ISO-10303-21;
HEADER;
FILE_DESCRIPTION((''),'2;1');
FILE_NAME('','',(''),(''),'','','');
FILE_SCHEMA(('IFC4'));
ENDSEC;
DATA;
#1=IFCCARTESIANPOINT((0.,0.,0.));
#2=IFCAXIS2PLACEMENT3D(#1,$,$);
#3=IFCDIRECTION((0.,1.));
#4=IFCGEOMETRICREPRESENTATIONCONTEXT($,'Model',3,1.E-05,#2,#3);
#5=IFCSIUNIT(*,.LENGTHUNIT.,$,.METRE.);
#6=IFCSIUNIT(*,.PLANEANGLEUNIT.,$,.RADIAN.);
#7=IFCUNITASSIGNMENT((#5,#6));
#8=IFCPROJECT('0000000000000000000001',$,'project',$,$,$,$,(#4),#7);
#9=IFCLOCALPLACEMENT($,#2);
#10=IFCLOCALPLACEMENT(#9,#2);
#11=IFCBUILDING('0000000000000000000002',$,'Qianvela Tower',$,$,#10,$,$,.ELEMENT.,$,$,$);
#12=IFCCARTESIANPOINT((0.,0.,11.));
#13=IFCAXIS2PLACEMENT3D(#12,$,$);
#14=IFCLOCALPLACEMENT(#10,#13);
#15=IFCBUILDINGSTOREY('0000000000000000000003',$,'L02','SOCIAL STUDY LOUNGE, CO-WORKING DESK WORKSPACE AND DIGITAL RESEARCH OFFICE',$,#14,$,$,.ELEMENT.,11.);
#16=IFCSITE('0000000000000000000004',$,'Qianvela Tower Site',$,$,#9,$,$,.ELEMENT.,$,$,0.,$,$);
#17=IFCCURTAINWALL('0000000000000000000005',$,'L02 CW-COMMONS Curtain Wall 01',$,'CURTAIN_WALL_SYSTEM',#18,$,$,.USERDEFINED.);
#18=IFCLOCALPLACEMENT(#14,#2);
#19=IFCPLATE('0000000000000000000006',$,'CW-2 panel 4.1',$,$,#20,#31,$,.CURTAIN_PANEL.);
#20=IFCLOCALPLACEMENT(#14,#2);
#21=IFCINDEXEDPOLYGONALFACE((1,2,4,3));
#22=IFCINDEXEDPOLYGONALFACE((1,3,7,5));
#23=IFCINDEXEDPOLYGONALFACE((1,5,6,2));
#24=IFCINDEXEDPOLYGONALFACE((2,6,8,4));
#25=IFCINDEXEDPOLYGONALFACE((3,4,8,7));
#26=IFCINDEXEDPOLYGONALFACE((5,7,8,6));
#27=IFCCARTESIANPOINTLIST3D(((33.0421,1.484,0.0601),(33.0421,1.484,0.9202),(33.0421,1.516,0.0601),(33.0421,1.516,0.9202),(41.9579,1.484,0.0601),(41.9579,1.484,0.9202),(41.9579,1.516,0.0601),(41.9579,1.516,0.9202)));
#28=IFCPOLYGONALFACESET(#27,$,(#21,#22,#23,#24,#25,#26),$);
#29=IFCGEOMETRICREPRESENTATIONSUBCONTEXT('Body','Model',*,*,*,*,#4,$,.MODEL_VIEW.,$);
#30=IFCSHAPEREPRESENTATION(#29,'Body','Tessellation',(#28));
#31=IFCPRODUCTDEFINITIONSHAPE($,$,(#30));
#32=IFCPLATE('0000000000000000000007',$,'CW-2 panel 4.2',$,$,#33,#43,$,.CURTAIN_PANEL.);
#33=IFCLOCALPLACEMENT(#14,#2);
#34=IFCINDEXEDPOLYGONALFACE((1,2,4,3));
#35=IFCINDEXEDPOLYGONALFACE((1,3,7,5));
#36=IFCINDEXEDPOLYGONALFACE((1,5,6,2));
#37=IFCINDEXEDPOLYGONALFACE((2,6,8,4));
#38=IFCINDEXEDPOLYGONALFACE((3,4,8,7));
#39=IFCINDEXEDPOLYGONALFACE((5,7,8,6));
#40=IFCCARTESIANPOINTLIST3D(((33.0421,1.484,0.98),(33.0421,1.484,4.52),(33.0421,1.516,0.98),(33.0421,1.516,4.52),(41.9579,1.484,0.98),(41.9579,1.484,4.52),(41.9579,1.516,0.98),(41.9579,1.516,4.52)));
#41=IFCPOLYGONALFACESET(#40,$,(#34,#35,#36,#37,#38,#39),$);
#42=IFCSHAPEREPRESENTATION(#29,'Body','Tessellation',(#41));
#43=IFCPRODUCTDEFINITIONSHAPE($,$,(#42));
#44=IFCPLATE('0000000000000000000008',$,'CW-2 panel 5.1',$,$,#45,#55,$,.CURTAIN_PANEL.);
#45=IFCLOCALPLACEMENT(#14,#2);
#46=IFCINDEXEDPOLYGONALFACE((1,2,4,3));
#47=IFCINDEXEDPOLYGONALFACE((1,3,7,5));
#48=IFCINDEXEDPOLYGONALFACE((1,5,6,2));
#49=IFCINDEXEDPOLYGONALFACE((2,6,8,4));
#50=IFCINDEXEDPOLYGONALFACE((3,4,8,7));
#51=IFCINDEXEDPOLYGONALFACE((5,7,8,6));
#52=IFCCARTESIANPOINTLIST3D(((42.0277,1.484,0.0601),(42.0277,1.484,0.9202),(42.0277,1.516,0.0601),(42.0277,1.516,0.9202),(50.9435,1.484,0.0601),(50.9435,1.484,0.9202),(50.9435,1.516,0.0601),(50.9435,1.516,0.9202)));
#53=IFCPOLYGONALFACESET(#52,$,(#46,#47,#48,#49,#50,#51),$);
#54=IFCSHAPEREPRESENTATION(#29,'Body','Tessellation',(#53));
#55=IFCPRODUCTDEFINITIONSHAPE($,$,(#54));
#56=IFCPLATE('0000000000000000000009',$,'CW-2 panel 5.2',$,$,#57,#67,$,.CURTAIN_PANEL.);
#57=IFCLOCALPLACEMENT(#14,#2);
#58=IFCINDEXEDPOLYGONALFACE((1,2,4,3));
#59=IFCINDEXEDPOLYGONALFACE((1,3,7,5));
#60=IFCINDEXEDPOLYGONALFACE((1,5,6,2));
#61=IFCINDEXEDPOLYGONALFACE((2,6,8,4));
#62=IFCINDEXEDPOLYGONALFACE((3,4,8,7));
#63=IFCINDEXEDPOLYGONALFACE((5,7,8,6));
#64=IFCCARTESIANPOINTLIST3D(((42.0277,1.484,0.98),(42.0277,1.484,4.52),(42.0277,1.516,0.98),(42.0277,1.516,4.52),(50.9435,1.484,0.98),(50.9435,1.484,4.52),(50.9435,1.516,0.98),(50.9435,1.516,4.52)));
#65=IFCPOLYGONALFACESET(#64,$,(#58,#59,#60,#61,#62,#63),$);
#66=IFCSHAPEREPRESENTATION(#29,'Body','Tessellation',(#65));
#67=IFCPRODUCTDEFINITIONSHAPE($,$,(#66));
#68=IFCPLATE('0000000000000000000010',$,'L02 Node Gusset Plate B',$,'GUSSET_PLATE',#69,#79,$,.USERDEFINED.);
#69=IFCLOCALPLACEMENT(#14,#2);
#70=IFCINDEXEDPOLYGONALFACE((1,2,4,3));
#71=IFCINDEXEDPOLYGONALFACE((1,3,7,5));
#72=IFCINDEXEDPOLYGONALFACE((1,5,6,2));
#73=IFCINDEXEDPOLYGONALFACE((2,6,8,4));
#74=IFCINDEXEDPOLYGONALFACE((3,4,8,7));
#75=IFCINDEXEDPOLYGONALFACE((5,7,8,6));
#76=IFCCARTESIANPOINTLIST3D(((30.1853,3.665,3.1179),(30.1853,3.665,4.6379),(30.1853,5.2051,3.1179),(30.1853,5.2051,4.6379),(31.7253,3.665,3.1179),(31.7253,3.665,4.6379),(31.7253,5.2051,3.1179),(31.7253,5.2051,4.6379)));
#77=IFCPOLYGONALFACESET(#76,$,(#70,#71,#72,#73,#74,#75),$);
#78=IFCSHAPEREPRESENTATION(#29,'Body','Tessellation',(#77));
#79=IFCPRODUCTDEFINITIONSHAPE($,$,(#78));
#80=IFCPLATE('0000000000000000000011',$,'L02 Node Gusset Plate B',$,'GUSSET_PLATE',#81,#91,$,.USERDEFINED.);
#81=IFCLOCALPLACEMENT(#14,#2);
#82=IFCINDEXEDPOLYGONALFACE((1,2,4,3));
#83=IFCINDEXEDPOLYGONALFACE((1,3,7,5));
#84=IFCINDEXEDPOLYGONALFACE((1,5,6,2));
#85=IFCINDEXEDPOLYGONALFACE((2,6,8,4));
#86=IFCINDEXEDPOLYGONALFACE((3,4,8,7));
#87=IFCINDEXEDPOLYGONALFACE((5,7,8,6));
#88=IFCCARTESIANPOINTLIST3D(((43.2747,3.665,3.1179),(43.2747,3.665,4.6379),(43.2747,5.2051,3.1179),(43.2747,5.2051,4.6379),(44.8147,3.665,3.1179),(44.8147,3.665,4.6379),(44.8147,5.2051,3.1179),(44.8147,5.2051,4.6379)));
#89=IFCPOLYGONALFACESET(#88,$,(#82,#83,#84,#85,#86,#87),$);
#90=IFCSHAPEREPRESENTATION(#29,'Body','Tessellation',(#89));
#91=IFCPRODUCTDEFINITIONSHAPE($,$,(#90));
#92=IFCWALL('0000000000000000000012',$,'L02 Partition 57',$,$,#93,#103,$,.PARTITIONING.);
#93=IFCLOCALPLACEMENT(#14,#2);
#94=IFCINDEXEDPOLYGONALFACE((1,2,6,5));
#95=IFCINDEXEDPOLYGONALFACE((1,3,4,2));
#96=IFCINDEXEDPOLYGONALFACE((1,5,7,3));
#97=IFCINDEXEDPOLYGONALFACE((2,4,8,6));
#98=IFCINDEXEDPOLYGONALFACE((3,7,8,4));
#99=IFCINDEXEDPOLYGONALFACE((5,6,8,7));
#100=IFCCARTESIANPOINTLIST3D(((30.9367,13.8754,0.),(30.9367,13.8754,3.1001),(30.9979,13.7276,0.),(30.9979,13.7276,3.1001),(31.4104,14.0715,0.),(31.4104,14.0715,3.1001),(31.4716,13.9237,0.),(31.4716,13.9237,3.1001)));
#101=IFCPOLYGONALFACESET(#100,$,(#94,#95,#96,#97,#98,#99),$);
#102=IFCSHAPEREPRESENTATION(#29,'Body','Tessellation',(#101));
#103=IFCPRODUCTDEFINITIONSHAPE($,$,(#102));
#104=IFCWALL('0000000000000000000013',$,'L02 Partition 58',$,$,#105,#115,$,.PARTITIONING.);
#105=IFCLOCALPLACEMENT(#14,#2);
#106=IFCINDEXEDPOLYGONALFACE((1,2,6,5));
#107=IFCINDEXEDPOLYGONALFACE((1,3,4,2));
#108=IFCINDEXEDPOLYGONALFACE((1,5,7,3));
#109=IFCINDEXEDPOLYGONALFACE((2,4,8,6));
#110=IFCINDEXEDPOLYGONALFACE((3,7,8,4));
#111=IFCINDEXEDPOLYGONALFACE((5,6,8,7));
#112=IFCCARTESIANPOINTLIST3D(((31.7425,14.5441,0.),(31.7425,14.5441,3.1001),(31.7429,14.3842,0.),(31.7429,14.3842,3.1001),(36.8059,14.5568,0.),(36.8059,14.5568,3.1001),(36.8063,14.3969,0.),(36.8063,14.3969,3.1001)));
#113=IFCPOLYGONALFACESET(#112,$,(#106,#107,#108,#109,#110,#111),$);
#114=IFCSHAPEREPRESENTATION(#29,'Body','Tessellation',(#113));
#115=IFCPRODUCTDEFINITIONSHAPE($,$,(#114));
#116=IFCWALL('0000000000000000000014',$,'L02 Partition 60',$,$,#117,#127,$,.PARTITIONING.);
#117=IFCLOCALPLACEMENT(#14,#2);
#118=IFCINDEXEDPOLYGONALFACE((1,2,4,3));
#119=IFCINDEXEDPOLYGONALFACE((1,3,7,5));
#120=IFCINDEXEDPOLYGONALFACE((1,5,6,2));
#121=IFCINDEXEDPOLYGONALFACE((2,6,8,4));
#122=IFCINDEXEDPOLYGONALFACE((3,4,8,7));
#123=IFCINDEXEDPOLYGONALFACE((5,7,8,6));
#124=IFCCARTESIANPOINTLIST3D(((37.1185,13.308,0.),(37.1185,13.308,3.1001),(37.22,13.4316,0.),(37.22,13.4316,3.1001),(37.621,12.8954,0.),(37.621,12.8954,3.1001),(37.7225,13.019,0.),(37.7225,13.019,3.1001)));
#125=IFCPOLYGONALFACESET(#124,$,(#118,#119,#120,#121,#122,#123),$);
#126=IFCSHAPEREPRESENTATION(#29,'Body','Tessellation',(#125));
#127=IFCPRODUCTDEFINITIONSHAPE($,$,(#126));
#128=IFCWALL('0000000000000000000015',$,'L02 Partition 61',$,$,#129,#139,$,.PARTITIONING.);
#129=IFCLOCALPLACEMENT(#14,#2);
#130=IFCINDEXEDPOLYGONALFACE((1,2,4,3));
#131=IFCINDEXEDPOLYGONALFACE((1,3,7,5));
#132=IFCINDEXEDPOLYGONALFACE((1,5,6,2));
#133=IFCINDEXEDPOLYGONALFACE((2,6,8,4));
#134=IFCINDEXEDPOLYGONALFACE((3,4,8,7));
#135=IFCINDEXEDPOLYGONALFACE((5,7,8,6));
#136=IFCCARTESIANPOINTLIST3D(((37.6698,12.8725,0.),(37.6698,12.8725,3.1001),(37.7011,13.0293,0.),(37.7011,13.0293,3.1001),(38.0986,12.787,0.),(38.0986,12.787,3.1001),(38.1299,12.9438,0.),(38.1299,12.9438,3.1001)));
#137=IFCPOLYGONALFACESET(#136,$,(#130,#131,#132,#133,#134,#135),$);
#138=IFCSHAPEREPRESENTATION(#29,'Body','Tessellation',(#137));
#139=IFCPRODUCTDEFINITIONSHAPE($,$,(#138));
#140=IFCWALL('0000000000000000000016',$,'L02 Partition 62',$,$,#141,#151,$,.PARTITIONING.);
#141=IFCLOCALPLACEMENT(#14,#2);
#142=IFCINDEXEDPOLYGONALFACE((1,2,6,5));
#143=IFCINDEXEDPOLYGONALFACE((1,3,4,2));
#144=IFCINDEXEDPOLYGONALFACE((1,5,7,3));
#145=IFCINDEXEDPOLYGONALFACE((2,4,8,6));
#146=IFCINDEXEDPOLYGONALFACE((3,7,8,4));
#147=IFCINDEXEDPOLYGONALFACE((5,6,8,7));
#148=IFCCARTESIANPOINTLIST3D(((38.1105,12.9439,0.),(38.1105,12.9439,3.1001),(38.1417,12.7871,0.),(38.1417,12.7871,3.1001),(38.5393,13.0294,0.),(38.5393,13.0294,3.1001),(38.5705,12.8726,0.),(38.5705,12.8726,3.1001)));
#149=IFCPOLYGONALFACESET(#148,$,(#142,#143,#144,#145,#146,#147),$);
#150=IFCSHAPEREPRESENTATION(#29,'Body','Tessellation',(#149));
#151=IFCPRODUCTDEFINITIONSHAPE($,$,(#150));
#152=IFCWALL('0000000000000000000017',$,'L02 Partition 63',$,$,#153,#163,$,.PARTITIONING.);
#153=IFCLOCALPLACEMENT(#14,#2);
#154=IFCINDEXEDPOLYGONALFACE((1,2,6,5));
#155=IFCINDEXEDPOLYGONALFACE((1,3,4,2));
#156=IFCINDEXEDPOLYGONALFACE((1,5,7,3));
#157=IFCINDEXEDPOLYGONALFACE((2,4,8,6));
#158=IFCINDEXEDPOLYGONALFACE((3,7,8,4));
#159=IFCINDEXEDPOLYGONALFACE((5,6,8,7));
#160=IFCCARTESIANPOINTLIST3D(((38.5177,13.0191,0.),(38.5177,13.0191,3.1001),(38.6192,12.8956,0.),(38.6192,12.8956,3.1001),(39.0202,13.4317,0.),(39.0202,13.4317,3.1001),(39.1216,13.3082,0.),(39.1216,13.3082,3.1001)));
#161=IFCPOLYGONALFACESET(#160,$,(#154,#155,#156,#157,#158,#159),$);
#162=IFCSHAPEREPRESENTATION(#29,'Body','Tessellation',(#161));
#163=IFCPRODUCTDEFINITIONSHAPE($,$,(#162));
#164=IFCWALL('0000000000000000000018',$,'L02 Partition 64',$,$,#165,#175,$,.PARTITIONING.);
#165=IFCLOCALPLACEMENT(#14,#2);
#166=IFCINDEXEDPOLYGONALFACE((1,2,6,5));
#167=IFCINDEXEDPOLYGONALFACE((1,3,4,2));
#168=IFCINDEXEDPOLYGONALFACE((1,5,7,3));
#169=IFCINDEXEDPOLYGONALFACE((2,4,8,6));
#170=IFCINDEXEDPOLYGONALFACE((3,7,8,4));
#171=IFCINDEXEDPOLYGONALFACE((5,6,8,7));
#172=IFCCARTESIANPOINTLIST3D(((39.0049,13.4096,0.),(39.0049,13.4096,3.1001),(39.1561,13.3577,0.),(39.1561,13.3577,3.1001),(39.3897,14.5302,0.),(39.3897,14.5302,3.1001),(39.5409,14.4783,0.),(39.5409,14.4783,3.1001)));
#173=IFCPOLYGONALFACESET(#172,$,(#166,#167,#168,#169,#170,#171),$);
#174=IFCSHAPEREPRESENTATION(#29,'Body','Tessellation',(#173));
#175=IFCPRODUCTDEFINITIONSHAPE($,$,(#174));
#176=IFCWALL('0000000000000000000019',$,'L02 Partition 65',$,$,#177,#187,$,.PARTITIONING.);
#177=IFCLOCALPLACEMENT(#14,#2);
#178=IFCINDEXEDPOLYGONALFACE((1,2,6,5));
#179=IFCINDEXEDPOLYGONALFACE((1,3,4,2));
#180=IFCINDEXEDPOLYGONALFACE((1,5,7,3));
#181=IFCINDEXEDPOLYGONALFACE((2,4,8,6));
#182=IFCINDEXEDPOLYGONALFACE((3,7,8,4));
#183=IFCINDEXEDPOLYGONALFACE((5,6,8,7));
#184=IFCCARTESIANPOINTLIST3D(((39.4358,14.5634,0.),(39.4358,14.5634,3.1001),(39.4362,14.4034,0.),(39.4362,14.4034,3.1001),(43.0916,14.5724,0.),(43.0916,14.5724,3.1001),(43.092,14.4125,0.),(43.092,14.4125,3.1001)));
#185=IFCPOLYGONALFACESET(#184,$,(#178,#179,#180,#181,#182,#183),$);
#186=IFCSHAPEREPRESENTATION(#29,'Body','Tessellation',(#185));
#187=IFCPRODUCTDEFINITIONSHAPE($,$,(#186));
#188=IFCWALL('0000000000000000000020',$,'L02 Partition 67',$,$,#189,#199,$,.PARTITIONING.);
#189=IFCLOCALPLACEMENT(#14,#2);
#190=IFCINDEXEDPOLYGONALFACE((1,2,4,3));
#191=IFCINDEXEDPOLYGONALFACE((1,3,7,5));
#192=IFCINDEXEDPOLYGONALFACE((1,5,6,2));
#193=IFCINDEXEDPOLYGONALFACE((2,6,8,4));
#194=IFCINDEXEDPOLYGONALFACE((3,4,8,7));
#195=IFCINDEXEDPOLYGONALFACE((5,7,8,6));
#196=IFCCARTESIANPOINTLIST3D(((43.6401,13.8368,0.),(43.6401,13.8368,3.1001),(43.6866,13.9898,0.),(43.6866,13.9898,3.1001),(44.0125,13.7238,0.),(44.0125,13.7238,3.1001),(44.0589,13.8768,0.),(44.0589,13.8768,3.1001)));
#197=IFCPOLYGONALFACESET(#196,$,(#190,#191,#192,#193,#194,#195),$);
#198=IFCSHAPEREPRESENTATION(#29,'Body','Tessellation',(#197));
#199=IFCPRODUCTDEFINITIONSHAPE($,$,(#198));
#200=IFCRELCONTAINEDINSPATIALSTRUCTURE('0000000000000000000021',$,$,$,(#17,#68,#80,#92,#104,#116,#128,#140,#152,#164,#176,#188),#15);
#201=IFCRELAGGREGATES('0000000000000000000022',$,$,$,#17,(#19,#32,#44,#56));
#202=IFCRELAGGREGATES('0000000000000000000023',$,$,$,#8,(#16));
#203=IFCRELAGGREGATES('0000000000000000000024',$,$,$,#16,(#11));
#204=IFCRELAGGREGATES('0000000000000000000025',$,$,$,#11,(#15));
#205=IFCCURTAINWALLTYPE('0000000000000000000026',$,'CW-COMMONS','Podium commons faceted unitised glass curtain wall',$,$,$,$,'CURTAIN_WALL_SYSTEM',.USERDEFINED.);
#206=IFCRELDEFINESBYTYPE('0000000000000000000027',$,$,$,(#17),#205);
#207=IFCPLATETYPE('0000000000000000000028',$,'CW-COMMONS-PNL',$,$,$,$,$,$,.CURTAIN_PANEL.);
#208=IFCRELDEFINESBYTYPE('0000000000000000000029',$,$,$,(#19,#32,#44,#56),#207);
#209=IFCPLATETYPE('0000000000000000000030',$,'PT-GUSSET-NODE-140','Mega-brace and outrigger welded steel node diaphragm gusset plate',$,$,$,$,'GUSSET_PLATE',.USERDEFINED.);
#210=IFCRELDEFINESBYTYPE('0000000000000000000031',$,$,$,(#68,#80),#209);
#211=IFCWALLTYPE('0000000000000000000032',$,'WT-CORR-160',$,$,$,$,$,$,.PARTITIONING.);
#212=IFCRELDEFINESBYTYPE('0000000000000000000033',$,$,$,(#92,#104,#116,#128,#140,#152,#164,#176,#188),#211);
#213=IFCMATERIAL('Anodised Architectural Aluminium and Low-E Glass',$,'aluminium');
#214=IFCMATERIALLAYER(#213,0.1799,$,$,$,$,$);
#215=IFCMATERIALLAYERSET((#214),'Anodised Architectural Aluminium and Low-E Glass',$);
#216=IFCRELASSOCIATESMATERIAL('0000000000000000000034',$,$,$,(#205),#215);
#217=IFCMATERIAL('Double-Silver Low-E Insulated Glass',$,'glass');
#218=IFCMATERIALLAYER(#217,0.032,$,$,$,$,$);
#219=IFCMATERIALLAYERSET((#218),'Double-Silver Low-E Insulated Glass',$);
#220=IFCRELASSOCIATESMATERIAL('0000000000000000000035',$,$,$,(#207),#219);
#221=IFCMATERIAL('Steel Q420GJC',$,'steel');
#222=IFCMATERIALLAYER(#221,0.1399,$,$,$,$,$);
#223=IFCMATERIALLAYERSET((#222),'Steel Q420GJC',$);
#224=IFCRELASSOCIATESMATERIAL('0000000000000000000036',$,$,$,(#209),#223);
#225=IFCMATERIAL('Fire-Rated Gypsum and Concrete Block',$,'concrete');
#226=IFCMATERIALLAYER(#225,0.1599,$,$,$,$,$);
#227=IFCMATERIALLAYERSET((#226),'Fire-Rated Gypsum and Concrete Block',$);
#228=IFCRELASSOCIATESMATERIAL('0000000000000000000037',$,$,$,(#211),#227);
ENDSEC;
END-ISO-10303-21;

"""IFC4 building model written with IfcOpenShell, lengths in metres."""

from ifc_helpers import new_model, si_unit, direction, frame, frame_2d, origin, origin_2d, place, context, subcontext, project, spatial, rectangle, extrude, material, layer, layer_set, type_object, element, aggregate, save


model = new_model("IFC4")

# Units and contexts
model_context = context("Model", 3, precision=1e-05, world=origin(), true_north=direction((0.0, 1.0)))
body_context = subcontext(model_context, "Body", "Model", "MODEL_VIEW")
ifc_project = project(units=[si_unit("LENGTHUNIT", "METRE"), si_unit("PLANEANGLEUNIT", "RADIAN")], contexts=[model_context])

# Site, building, storey
site_placement = place(None, origin())
site = spatial("IfcSite", under=ifc_project, at=site_placement, Name="Qianvela Tower Site", CompositionType="ELEMENT", RefElevation=0.0)
building_placement = place(site_placement, origin())
building = spatial("IfcBuilding", under=site, at=building_placement, Name="Qianvela Tower", CompositionType="ELEMENT")
storey_placement = place(building_placement, frame((0.0, 0.0, 11.0)))
storey = spatial("IfcBuildingStorey", under=building, at=storey_placement, Name="L02", Description="SOCIAL STUDY LOUNGE, CO-WORKING DESK WORKSPACE AND DIGITAL RESEARCH OFFICE", CompositionType="ELEMENT", Elevation=11.0)

# Curtain wall
ifc_material_1 = material(Name="Anodised Architectural Aluminium and Low-E Glass", Category="aluminium")
ifc_layer_1 = layer(ifc_material_1, 0.1799)
ifc_layer_set_1 = layer_set([ifc_layer_1], Name="Anodised Architectural Aluminium and Low-E Glass")
curtain_wall_type = type_object("IfcCurtainWallType", Name="CW-COMMONS", Description="Podium commons faceted unitised glass curtain wall", ElementType="CURTAIN_WALL_SYSTEM", PredefinedType="USERDEFINED", material=ifc_layer_set_1)
curtain_wall_placement = place(storey_placement, origin())
curtain_wall = element("IfcCurtainWall", 1, at=curtain_wall_placement, inside=storey, type_object=curtain_wall_type, Name="L02 CW-COMMONS Curtain Wall 01", ObjectType="CURTAIN_WALL_SYSTEM", PredefinedType="USERDEFINED")

# Plates
ifc_material_2 = material(Name="Double-Silver Low-E Insulated Glass", Category="glass")
ifc_layer_2 = layer(ifc_material_2, 0.032)
ifc_layer_set_2 = layer_set([ifc_layer_2], Name="Double-Silver Low-E Insulated Glass")
plate_type_1 = type_object("IfcPlateType", Name="CW-COMMONS-PNL", PredefinedType="CURTAIN_PANEL", material=ifc_layer_set_2)
plate_1_placement = place(storey_placement, frame((37.5, 1.5, 0.0601), z_axis=(0.0, 0.0, 1.0), x_axis=(1.0, 0.0, 0.0)))
plate_1 = element("IfcPlate", 2, at=plate_1_placement, type_object=plate_type_1, Name="CW-2 panel 4.1", PredefinedType="CURTAIN_PANEL", context=body_context, shape_type="SweptSolid", body=[
    extrude(rectangle(XDim=8.9158, YDim=0.032, at=origin_2d()), origin(), (0.0, 0.0, 1.0), 0.8601),
])
plate_2_placement = place(storey_placement, frame((37.5, 1.5, 0.98), z_axis=(0.0, 0.0, 1.0), x_axis=(1.0, 0.0, 0.0)))
plate_2 = element("IfcPlate", 3, at=plate_2_placement, type_object=plate_type_1, Name="CW-2 panel 4.2", PredefinedType="CURTAIN_PANEL", context=body_context, shape_type="SweptSolid", body=[
    extrude(rectangle(XDim=8.9158, YDim=0.032, at=origin_2d()), origin(), (0.0, 0.0, 1.0), 3.54),
])
plate_3_placement = place(storey_placement, frame((46.4856, 1.5, 0.0601), z_axis=(0.0, 0.0, 1.0), x_axis=(1.0, 0.0, 0.0)))
plate_3 = element("IfcPlate", 4, at=plate_3_placement, type_object=plate_type_1, Name="CW-2 panel 5.1", PredefinedType="CURTAIN_PANEL", context=body_context, shape_type="SweptSolid", body=[
    extrude(rectangle(XDim=8.9158, YDim=0.032, at=origin_2d()), origin(), (0.0, 0.0, 1.0), 0.8601),
])
plate_4_placement = place(storey_placement, frame((46.4856, 1.5, 0.98), z_axis=(0.0, 0.0, 1.0), x_axis=(1.0, 0.0, 0.0)))
plate_4 = element("IfcPlate", 5, at=plate_4_placement, type_object=plate_type_1, Name="CW-2 panel 5.2", PredefinedType="CURTAIN_PANEL", context=body_context, shape_type="SweptSolid", body=[
    extrude(rectangle(XDim=8.9158, YDim=0.032, at=origin_2d()), origin(), (0.0, 0.0, 1.0), 3.54),
])
aggregate(curtain_wall, [plate_1, plate_2, plate_3, plate_4])

# Plates
ifc_material_3 = material(Name="Steel Q420GJC", Category="steel")
ifc_layer_3 = layer(ifc_material_3, 0.1399)
ifc_layer_set_3 = layer_set([ifc_layer_3], Name="Steel Q420GJC")
plate_type_2 = type_object("IfcPlateType", Name="PT-GUSSET-NODE-140", Description="Mega-brace and outrigger welded steel node diaphragm gusset plate", ElementType="GUSSET_PLATE", PredefinedType="USERDEFINED", material=ifc_layer_set_3)
for number, where, z_axis, x_axis, name in (
    (6, (30.9553, 4.4351, 3.1179), (0.0, 0.0, 1.0), (1.0, 0.0, 0.0), "L02 Node Gusset Plate B"),
    (7, (44.0447, 4.4351, 3.1179), (0.0, 0.0, 1.0), (1.0, 0.0, 0.0), "L02 Node Gusset Plate B"),
):
    element("IfcPlate", number, at=place(storey_placement, frame(where, z_axis=z_axis, x_axis=x_axis)), inside=storey, type_object=plate_type_2, Name=name, ObjectType="GUSSET_PLATE", PredefinedType="USERDEFINED", context=body_context, shape_type="SweptSolid", body=[
        extrude(rectangle(XDim=1.54, YDim=1.54, at=origin_2d()), origin(), (0.0, 0.0, 1.0), 1.52),
    ])

# Walls
ifc_material_4 = material(Name="Fire-Rated Gypsum and Concrete Block", Category="concrete")
ifc_layer_4 = layer(ifc_material_4, 0.1599)
ifc_layer_set_4 = layer_set([ifc_layer_4], Name="Fire-Rated Gypsum and Concrete Block")
wall_type_1 = type_object("IfcWallType", Name="WT-CORR-160", PredefinedType="PARTITIONING", material=ifc_layer_set_4)
wall_1_placement = place(storey_placement, frame((30.9673, 13.8015, 0.0), z_axis=(0.0, 0.0, 1.0), x_axis=(0.923976, 0.38245, 0.0)))
element("IfcWall", 8, at=wall_1_placement, inside=storey, type_object=wall_type_1, Name="L02 Partition 57", PredefinedType="PARTITIONING", context=body_context, shape_type="SweptSolid", body=[
    extrude(rectangle(XDim=0.5127, YDim=0.1599, at=frame_2d((0.2563, 0.0))), origin(), (0.0, 0.0, 1.0), 3.1001),
])
wall_2_placement = place(storey_placement, frame((31.7427, 14.4641, 0.0), z_axis=(0.0, 0.0, 1.0), x_axis=(0.999997, 0.002507, 0.0)))
element("IfcWall", 9, at=wall_2_placement, inside=storey, type_object=wall_type_1, Name="L02 Partition 58", PredefinedType="PARTITIONING", context=body_context, shape_type="SweptSolid", body=[
    extrude(rectangle(XDim=5.0635, YDim=0.1599, at=frame_2d((2.5317, 0.0))), origin(), (0.0, 0.0, 1.0), 3.1001),
])
wall_3_placement = place(storey_placement, frame((37.1692, 13.3699, 0.0), z_axis=(0.0, 0.0, 1.0), x_axis=(0.772818, -0.634627, 0.0)))
element("IfcWall", 10, at=wall_3_placement, inside=storey, type_object=wall_type_1, Name="L02 Partition 60", PredefinedType="PARTITIONING", context=body_context, shape_type="SweptSolid", body=[
    extrude(rectangle(XDim=0.6501, YDim=0.1599, at=frame_2d((0.3252, 0.0))), origin(), (0.0, 0.0, 1.0), 3.1001),
])
for number, where, z_axis, x_axis, name in (
    (11, (37.6853, 12.9509, 0.0), (0.0, 0.0, 1.0), (0.980709, -0.195472, 0.0), "L02 Partition 61"),
    (12, (38.126, 12.8655, 0.0), (0.0, 0.0, 1.0), (0.980709, 0.195472, 0.0), "L02 Partition 62"),
):
    element("IfcWall", number, at=place(storey_placement, frame(where, z_axis=z_axis, x_axis=x_axis)), inside=storey, type_object=wall_type_1, Name=name, PredefinedType="PARTITIONING", context=body_context, shape_type="SweptSolid", body=[
        extrude(rectangle(XDim=0.4373, YDim=0.1599, at=frame_2d((0.2188, 0.0))), origin(), (0.0, 0.0, 1.0), 3.1001),
    ])
wall_4_placement = place(storey_placement, frame((38.5684, 12.9573, 0.0), z_axis=(0.0, 0.0, 1.0), x_axis=(0.772818, 0.634627, 0.0)))
element("IfcWall", 13, at=wall_4_placement, inside=storey, type_object=wall_type_1, Name="L02 Partition 63", PredefinedType="PARTITIONING", context=body_context, shape_type="SweptSolid", body=[
    extrude(rectangle(XDim=0.6501, YDim=0.1599, at=frame_2d((0.3252, 0.0))), origin(), (0.0, 0.0, 1.0), 3.1001),
])
wall_5_placement = place(storey_placement, frame((39.0806, 13.3838, 0.0), z_axis=(0.0, 0.0, 1.0), x_axis=(0.324746, 0.945801, 0.0)))
element("IfcWall", 14, at=wall_5_placement, inside=storey, type_object=wall_type_1, Name="L02 Partition 64", PredefinedType="PARTITIONING", context=body_context, shape_type="SweptSolid", body=[
    extrude(rectangle(XDim=1.1848, YDim=0.1599, at=frame_2d((0.5923, 0.0))), origin(), (0.0, 0.0, 1.0), 3.1001),
])
wall_6_placement = place(storey_placement, frame((39.436, 14.4834, 0.0), z_axis=(0.0, 0.0, 1.0), x_axis=(0.999997, 0.002471, 0.0)))
element("IfcWall", 15, at=wall_6_placement, inside=storey, type_object=wall_type_1, Name="L02 Partition 65", PredefinedType="PARTITIONING", context=body_context, shape_type="SweptSolid", body=[
    extrude(rectangle(XDim=3.6558, YDim=0.1599, at=frame_2d((1.8279, 0.0))), origin(), (0.0, 0.0, 1.0), 3.1001),
])
wall_7_placement = place(storey_placement, frame((43.6633, 13.9133, 0.0), z_axis=(0.0, 0.0, 1.0), x_axis=(0.956871, -0.290512, 0.0)))
element("IfcWall", 16, at=wall_7_placement, inside=storey, type_object=wall_type_1, Name="L02 Partition 67", PredefinedType="PARTITIONING", context=body_context, shape_type="SweptSolid", body=[
    extrude(rectangle(XDim=0.3892, YDim=0.1599, at=frame_2d((0.1946, 0.0))), origin(), (0.0, 0.0, 1.0), 3.1001),
])

save(model, "model.ifc")
